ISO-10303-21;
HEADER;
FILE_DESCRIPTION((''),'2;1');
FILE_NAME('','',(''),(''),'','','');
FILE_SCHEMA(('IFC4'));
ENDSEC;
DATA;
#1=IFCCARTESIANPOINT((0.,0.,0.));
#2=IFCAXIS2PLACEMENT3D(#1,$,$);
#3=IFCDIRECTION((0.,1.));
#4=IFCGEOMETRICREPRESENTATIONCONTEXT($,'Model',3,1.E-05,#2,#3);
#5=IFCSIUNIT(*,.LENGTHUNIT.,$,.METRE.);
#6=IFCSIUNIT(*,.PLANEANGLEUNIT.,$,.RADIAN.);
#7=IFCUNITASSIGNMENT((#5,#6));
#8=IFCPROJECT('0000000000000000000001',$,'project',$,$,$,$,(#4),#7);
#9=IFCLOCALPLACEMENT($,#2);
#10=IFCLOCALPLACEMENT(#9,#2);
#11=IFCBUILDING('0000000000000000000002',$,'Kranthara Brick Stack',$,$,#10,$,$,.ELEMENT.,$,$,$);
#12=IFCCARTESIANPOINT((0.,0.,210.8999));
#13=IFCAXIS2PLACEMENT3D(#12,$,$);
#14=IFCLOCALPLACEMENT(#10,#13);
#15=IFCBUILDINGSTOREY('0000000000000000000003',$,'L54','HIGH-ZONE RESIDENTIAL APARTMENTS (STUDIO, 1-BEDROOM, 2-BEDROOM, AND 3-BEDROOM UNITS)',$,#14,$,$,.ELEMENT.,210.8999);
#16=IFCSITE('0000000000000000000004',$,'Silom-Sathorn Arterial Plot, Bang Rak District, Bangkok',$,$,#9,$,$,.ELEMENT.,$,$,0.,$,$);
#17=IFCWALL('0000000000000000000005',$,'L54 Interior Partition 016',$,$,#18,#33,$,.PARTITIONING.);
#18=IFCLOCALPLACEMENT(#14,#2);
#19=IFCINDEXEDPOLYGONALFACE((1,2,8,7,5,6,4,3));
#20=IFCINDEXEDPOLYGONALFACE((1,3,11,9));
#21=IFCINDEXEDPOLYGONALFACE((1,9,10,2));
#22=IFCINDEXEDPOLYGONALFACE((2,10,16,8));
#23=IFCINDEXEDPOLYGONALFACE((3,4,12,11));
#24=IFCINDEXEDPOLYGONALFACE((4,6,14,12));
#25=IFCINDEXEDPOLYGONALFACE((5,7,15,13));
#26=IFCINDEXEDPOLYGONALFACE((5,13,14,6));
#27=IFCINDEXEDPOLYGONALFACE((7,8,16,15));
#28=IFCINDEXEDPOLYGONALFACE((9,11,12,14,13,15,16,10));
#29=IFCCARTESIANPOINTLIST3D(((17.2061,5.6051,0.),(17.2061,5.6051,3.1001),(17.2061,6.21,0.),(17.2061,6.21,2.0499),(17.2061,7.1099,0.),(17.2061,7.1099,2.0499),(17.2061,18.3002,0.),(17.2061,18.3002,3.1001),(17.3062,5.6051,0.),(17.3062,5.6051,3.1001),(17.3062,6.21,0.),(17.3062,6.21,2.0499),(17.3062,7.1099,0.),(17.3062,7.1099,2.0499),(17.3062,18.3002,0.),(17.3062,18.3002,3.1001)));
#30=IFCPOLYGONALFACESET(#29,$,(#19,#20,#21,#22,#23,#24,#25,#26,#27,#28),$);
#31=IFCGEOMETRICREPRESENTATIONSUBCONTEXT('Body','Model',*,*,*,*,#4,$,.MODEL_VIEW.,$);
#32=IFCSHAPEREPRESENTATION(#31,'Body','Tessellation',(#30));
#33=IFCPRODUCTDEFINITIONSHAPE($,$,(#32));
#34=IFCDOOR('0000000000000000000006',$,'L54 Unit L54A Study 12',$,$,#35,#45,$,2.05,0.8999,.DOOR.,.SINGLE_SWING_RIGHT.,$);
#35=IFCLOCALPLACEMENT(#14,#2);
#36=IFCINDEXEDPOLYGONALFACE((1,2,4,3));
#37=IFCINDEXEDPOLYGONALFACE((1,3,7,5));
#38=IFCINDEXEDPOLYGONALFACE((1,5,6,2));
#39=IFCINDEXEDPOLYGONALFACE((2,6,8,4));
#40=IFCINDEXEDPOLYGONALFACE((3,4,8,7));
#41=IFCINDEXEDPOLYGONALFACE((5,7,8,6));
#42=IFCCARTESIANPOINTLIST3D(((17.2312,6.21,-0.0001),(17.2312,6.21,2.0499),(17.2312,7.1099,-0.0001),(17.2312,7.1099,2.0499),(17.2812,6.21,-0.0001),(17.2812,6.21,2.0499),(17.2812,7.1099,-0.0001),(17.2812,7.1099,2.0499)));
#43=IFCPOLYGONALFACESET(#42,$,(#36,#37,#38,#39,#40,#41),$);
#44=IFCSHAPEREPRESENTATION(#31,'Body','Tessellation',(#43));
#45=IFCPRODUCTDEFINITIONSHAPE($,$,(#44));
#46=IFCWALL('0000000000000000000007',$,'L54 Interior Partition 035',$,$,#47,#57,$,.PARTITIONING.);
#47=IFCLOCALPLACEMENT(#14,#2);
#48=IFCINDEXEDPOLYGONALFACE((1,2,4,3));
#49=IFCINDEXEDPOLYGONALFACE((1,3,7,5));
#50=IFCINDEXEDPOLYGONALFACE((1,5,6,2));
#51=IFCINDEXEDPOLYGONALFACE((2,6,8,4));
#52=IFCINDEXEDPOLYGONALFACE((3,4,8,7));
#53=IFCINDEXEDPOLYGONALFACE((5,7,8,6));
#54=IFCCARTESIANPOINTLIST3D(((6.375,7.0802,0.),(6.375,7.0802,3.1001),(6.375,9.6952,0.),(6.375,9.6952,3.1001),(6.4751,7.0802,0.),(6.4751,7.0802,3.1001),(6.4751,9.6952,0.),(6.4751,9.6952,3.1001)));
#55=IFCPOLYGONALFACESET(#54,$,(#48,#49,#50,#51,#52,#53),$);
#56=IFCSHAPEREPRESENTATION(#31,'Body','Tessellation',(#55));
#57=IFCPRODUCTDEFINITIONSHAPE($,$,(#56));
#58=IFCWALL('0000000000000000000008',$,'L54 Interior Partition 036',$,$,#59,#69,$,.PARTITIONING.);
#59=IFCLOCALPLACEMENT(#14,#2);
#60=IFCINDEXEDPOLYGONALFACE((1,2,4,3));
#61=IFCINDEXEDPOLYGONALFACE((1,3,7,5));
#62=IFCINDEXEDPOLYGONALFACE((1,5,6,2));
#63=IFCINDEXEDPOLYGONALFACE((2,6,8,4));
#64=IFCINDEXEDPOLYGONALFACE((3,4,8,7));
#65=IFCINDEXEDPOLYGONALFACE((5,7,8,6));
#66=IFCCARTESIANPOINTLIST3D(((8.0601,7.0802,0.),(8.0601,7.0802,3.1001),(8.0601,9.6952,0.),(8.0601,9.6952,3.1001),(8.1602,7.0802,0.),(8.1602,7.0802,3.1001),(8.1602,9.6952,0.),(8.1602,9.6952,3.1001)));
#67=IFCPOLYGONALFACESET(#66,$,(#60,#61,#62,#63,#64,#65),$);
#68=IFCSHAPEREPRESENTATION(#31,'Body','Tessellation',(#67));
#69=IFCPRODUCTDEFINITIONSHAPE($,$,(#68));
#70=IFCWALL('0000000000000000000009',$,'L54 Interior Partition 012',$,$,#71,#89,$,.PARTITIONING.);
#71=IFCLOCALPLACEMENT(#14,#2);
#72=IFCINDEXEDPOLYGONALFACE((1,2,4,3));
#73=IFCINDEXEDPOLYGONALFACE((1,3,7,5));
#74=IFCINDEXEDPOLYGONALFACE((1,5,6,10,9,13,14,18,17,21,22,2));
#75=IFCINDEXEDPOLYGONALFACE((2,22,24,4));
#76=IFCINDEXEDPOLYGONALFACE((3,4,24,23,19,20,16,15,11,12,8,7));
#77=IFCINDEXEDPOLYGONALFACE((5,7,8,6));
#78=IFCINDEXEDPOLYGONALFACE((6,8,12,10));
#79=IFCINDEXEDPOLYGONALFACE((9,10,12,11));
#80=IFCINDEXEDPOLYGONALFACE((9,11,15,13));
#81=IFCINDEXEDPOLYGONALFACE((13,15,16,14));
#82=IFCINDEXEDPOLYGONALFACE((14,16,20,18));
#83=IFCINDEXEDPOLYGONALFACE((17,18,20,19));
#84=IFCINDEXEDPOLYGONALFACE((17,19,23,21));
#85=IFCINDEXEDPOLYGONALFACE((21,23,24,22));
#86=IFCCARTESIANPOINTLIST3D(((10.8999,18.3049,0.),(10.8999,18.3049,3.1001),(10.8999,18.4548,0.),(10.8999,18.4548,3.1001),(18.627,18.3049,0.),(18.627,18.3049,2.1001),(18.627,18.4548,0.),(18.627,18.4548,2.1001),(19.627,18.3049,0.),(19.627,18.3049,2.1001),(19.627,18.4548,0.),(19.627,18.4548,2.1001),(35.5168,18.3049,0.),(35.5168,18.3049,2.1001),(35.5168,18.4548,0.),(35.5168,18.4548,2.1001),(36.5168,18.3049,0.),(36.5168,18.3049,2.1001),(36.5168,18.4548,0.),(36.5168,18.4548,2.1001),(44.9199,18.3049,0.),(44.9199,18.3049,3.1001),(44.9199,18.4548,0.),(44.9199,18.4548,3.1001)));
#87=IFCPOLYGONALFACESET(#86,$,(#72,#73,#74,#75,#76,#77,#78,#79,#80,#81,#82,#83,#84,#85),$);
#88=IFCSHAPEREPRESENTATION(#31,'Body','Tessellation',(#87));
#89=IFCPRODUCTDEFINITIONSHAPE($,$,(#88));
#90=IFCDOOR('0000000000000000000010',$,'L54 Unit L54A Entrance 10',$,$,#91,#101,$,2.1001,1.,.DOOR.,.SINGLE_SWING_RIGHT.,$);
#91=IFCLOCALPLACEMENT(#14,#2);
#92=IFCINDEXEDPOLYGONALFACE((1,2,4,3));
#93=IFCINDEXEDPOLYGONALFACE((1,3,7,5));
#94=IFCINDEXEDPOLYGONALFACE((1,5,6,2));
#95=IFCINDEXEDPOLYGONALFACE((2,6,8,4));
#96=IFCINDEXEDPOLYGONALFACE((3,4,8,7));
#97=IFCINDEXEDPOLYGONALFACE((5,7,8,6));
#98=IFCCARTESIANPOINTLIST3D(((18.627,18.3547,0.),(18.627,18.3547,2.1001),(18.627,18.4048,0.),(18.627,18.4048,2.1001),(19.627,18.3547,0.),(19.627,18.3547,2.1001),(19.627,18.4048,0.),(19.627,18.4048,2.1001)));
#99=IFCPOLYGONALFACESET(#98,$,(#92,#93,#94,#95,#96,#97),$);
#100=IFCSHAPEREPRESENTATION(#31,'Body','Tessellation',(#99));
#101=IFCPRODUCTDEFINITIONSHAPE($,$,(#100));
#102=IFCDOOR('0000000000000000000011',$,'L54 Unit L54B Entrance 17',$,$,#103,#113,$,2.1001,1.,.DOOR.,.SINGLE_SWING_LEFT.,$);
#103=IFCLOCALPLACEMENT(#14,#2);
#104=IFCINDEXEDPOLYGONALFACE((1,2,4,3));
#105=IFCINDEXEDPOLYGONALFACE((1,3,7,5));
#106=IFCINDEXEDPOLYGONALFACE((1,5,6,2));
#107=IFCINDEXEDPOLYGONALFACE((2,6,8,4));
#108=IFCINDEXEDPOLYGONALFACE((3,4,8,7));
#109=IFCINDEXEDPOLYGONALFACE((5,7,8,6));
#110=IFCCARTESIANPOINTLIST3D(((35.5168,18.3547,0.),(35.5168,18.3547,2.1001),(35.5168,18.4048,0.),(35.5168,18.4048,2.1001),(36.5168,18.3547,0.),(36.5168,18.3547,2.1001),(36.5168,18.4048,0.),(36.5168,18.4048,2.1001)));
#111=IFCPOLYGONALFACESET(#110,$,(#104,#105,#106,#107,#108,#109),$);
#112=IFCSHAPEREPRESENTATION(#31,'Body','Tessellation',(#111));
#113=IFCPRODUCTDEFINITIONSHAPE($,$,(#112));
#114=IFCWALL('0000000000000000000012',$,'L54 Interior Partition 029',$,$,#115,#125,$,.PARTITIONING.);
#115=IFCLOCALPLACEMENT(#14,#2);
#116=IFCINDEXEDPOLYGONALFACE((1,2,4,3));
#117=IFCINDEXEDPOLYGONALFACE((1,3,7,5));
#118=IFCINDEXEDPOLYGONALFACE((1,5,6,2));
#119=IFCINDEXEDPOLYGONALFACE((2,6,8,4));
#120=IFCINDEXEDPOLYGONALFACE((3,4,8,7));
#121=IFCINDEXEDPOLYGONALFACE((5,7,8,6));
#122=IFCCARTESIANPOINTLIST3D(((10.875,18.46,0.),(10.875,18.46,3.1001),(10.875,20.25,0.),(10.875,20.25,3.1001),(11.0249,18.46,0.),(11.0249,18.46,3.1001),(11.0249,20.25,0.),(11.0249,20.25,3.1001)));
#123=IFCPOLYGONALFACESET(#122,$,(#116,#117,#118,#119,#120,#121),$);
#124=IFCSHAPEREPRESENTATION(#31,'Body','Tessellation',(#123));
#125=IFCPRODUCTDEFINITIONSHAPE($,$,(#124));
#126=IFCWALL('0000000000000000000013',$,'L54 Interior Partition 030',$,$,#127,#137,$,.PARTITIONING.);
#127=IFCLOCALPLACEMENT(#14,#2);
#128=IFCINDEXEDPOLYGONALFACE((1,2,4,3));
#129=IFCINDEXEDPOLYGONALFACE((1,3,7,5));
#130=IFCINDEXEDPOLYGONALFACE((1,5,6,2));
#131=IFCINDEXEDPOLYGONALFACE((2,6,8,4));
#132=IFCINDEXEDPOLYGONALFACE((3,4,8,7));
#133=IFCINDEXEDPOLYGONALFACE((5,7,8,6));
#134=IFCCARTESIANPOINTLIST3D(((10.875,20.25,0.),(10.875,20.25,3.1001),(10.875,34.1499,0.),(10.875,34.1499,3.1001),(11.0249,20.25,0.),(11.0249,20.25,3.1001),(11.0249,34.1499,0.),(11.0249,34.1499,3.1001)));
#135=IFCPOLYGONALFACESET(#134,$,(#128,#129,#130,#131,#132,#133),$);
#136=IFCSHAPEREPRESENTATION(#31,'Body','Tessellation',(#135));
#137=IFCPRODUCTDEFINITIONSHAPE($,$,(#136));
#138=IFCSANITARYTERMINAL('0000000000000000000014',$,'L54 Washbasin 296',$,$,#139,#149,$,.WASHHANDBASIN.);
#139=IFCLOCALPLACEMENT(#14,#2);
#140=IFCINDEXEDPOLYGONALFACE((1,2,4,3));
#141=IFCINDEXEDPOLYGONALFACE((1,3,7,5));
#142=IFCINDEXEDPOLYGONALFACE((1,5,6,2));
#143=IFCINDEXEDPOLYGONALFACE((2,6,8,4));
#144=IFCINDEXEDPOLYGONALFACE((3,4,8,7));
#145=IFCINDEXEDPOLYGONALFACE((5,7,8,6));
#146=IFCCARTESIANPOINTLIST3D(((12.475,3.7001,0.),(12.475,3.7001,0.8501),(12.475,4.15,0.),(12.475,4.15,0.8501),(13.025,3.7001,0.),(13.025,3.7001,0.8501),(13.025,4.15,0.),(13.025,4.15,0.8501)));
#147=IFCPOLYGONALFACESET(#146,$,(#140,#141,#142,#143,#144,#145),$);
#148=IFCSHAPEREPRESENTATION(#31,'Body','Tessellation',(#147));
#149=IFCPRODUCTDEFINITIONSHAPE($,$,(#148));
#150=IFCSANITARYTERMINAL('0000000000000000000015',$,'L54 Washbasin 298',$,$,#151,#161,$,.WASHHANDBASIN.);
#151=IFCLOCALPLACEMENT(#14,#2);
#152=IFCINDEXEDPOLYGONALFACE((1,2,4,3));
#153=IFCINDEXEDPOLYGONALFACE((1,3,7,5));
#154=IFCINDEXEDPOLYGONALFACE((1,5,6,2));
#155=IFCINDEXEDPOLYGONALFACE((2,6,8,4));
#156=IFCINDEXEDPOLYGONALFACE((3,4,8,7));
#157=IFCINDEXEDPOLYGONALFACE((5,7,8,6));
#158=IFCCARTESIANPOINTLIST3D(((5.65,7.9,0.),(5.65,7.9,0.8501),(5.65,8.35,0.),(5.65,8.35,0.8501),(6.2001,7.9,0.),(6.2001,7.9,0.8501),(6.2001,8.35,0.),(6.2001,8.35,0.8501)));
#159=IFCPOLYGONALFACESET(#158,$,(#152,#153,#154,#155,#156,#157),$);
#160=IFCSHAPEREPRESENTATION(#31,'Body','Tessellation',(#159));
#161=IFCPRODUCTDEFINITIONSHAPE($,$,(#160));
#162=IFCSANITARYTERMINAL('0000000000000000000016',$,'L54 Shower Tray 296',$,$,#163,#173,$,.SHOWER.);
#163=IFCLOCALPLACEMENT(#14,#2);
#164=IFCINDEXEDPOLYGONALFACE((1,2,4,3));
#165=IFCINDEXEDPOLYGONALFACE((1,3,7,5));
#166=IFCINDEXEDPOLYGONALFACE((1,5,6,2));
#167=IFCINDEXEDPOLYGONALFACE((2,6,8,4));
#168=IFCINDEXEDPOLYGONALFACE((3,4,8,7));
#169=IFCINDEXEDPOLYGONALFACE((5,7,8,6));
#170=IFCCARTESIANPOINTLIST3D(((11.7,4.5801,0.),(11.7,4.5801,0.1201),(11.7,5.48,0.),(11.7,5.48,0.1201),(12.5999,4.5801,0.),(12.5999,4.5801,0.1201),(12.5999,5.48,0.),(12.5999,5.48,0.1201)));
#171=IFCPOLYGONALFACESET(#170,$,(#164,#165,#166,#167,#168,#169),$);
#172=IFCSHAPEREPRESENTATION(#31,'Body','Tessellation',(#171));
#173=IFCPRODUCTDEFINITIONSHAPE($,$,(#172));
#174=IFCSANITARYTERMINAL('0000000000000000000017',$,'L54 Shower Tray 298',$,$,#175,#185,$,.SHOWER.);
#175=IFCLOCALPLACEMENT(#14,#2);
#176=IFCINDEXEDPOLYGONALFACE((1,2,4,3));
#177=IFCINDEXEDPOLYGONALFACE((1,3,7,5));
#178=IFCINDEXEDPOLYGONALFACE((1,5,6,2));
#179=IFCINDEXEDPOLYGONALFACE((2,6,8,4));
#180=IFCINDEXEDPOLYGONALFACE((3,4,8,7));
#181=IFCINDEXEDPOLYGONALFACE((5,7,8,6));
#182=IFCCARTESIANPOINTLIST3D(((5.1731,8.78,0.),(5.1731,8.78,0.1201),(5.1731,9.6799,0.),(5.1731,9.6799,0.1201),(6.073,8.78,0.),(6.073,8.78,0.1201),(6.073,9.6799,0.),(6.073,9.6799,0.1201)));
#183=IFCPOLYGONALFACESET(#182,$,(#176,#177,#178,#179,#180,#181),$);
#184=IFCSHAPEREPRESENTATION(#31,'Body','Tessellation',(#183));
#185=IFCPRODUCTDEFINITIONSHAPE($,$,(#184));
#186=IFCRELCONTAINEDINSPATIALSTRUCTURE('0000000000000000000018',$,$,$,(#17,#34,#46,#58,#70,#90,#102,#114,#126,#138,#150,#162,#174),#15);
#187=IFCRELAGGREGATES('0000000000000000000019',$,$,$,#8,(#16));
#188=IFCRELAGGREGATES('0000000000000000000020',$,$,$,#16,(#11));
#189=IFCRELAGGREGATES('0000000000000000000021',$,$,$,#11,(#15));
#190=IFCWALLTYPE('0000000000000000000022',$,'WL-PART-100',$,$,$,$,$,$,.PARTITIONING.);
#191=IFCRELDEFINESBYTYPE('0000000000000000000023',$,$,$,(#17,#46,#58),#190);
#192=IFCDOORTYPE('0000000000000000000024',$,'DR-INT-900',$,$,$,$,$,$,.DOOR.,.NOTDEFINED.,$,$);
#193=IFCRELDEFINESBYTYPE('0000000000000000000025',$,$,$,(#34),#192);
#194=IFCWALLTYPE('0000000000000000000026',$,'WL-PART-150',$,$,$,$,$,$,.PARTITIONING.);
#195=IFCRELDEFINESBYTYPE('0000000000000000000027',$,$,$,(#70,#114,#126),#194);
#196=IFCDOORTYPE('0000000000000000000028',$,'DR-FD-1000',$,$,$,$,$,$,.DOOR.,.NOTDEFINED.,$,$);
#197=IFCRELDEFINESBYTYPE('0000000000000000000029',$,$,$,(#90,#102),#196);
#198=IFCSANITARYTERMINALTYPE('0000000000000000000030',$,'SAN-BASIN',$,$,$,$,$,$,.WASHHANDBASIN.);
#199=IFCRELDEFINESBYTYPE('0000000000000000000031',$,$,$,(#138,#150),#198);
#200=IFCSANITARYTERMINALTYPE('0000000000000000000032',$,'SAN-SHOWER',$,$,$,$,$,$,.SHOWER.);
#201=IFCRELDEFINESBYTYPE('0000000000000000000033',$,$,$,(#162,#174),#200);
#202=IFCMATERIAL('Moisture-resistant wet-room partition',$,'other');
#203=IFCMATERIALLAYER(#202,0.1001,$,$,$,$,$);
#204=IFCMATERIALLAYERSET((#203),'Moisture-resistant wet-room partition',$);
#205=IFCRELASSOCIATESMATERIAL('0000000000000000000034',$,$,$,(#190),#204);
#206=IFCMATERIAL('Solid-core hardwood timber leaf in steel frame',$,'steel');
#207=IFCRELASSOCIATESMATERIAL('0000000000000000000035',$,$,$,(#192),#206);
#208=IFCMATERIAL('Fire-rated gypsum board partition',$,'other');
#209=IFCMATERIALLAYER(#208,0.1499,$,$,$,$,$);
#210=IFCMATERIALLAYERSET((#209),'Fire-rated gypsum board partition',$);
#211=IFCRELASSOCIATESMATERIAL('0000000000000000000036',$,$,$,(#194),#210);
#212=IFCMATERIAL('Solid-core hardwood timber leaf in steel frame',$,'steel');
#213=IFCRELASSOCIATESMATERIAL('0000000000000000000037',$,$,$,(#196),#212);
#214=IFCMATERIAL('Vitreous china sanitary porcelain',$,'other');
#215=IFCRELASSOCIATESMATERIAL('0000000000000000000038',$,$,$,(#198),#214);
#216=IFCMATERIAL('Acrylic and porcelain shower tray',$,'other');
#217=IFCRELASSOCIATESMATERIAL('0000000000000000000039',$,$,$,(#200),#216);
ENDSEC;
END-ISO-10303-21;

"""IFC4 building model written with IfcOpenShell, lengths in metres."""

from ifc_helpers import new_model, si_unit, direction, frame, frame_2d, origin, origin_2d, place, context, subcontext, project, spatial, rectangle, extrude, material, layer, layer_set, type_object, element, fill, save


model = new_model("IFC4")

# Units and contexts
model_context = context("Model", 3, precision=1e-05, world=origin(), true_north=direction((0.0, 1.0)))
body_context = subcontext(model_context, "Body", "Model", "MODEL_VIEW")
ifc_project = project(units=[si_unit("LENGTHUNIT", "METRE"), si_unit("PLANEANGLEUNIT", "RADIAN")], contexts=[model_context])

# Site, building, storey
site_placement = place(None, origin())
site = spatial("IfcSite", under=ifc_project, at=site_placement, Name="Silom-Sathorn Arterial Plot, Bang Rak District, Bangkok", CompositionType="ELEMENT", RefElevation=0.0)
building_placement = place(site_placement, origin())
building = spatial("IfcBuilding", under=site, at=building_placement, Name="Kranthara Brick Stack", CompositionType="ELEMENT")
storey_placement = place(building_placement, frame((0.0, 0.0, 210.8999)))
storey = spatial("IfcBuildingStorey", under=building, at=storey_placement, Name="L54", Description="HIGH-ZONE RESIDENTIAL APARTMENTS (STUDIO, 1-BEDROOM, 2-BEDROOM, AND 3-BEDROOM UNITS)", CompositionType="ELEMENT", Elevation=210.8999)

# Shared definitions
ifc_material_1 = material(Name="Moisture-resistant wet-room partition", Category="other")
ifc_layer_1 = layer(ifc_material_1, 0.1001)
ifc_layer_set_1 = layer_set([ifc_layer_1], Name="Moisture-resistant wet-room partition")
wall_type_1 = type_object("IfcWallType", Name="WL-PART-100", PredefinedType="PARTITIONING", material=ifc_layer_set_1)
ifc_material_2 = material(Name="Solid-core hardwood timber leaf in steel frame", Category="steel")
door_type_1 = type_object("IfcDoorType", Name="DR-INT-900", OperationType="NOTDEFINED", PredefinedType="DOOR", material=ifc_material_2)

# Wall, opening, door
wall_1_placement = place(storey_placement, frame((17.2561, 5.605, 0.0), z_axis=(0.0, 0.0, 1.0), x_axis=(0.0, 1.0, 0.0)))
wall_1 = element("IfcWall", 1, at=wall_1_placement, inside=storey, type_object=wall_type_1, Name="L54 Interior Partition 016", PredefinedType="PARTITIONING", context=body_context, shape_type="SweptSolid", body=[
    extrude(rectangle(XDim=12.6951, YDim=0.1001, at=frame_2d((6.3477, 0.0))), origin(), (0.0, 0.0, 1.0), 3.1001),
])
opening_1_placement = place(wall_1_placement, frame((0.605, 0.0, 0.0)))
opening_1 = element("IfcOpeningElement", 2, at=opening_1_placement, cuts=wall_1, PredefinedType="OPENING", context=body_context, shape_type="SweptSolid", body=[
    extrude(rectangle(XDim=0.8999, YDim=2.05, at=frame_2d((0.45, 1.0249))), frame((0.0, 0.0601, 0.0), z_axis=(0.0, -1.0, 0.0), x_axis=(1.0, 0.0, 0.0)), (0.0, 0.0, 1.0), 0.1201),
])
door_1_placement = place(opening_1_placement, origin())
door_1 = element("IfcDoor", 3, at=door_1_placement, inside=storey, type_object=door_type_1, Name="L54 Unit L54A Study 12", OperationType="SINGLE_SWING_RIGHT", OverallHeight=2.05, OverallWidth=0.8999, PredefinedType="DOOR", context=body_context, shape_type="SweptSolid", body=[
    extrude(rectangle(XDim=0.8999, YDim=2.05, at=frame_2d((0.45, 1.0249))), frame((0.0, 0.0249, 0.0), z_axis=(0.0, -1.0, 0.0), x_axis=(1.0, 0.0, 0.0)), (0.0, 0.0, 1.0), 0.05),
])
fill(opening_1, door_1)

# Walls
for number, where, z_axis, x_axis, name in (
    (4, (6.425, 7.0801, 0.0), (0.0, 0.0, 1.0), (0.0, 1.0, 0.0), "L54 Interior Partition 035"),
    (5, (8.1101, 7.0801, 0.0), (0.0, 0.0, 1.0), (0.0, 1.0, 0.0), "L54 Interior Partition 036"),
):
    element("IfcWall", number, at=place(storey_placement, frame(where, z_axis=z_axis, x_axis=x_axis)), inside=storey, type_object=wall_type_1, Name=name, PredefinedType="PARTITIONING", context=body_context, shape_type="SweptSolid", body=[
        extrude(rectangle(XDim=2.615, YDim=0.1001, at=frame_2d((1.3076, 0.0))), origin(), (0.0, 0.0, 1.0), 3.1001),
    ])

# Wall, openings, doors
ifc_material_3 = material(Name="Fire-rated gypsum board partition", Category="other")
ifc_layer_2 = layer(ifc_material_3, 0.1499)
ifc_layer_set_2 = layer_set([ifc_layer_2], Name="Fire-rated gypsum board partition")
wall_type_2 = type_object("IfcWallType", Name="WL-PART-150", PredefinedType="PARTITIONING", material=ifc_layer_set_2)
wall_2_placement = place(storey_placement, frame((10.8999, 18.3799, 0.0), z_axis=(0.0, 0.0, 1.0), x_axis=(1.0, 0.0, 0.0)))
wall_2 = element("IfcWall", 6, at=wall_2_placement, inside=storey, type_object=wall_type_2, Name="L54 Interior Partition 012", PredefinedType="PARTITIONING", context=body_context, shape_type="SweptSolid", body=[
    extrude(rectangle(XDim=34.02, YDim=0.1499, at=frame_2d((17.01, 0.0))), origin(), (0.0, 0.0, 1.0), 3.1001),
])
opening_2_placement = place(wall_2_placement, frame((7.7271, 0.0, 0.0)))
opening_2 = element("IfcOpeningElement", 7, at=opening_2_placement, cuts=wall_2, PredefinedType="OPENING", context=body_context, shape_type="SweptSolid", body=[
    extrude(rectangle(XDim=1.0, YDim=2.1001, at=frame_2d((0.5, 1.05))), frame((0.0, 0.085, 0.0), z_axis=(0.0, -1.0, 0.0), x_axis=(1.0, 0.0, 0.0)), (0.0, 0.0, 1.0), 0.1699),
])
opening_3_placement = place(wall_2_placement, frame((24.6169, 0.0, 0.0)))
opening_3 = element("IfcOpeningElement", 8, at=opening_3_placement, cuts=wall_2, PredefinedType="OPENING", context=body_context, shape_type="SweptSolid", body=[
    extrude(rectangle(XDim=1.0, YDim=2.1001, at=frame_2d((0.5, 1.05))), frame((0.0, 0.085, 0.0), z_axis=(0.0, -1.0, 0.0), x_axis=(1.0, 0.0, 0.0)), (0.0, 0.0, 1.0), 0.1699),
])
ifc_material_4 = material(Name="Solid-core hardwood timber leaf in steel frame", Category="steel")
door_type_2 = type_object("IfcDoorType", Name="DR-FD-1000", OperationType="NOTDEFINED", PredefinedType="DOOR", material=ifc_material_4)
door_2_placement = place(opening_2_placement, origin())
door_2 = element("IfcDoor", 9, at=door_2_placement, inside=storey, type_object=door_type_2, Name="L54 Unit L54A Entrance 10", OperationType="SINGLE_SWING_RIGHT", OverallHeight=2.1001, OverallWidth=1.0, PredefinedType="DOOR", context=body_context, shape_type="SweptSolid", body=[
    extrude(rectangle(XDim=1.0, YDim=2.1001, at=frame_2d((0.5, 1.05))), frame((0.0, 0.0249, 0.0), z_axis=(0.0, -1.0, 0.0), x_axis=(1.0, 0.0, 0.0)), (0.0, 0.0, 1.0), 0.05),
])
fill(opening_2, door_2)
door_3_placement = place(opening_3_placement, origin())
door_3 = element("IfcDoor", 10, at=door_3_placement, inside=storey, type_object=door_type_2, Name="L54 Unit L54B Entrance 17", OperationType="SINGLE_SWING_LEFT", OverallHeight=2.1001, OverallWidth=1.0, PredefinedType="DOOR", context=body_context, shape_type="SweptSolid", body=[
    extrude(rectangle(XDim=1.0, YDim=2.1001, at=frame_2d((0.5, 1.05))), frame((0.0, 0.0249, 0.0), z_axis=(0.0, -1.0, 0.0), x_axis=(1.0, 0.0, 0.0)), (0.0, 0.0, 1.0), 0.05),
])
fill(opening_3, door_3)

# Walls
wall_3_placement = place(storey_placement, frame((10.95, 18.46, 0.0), z_axis=(0.0, 0.0, 1.0), x_axis=(0.0, 1.0, 0.0)))
element("IfcWall", 11, at=wall_3_placement, inside=storey, type_object=wall_type_2, Name="L54 Interior Partition 029", PredefinedType="PARTITIONING", context=body_context, shape_type="SweptSolid", body=[
    extrude(rectangle(XDim=1.79, YDim=0.1499, at=frame_2d((0.895, 0.0))), origin(), (0.0, 0.0, 1.0), 3.1001),
])
wall_4_placement = place(storey_placement, frame((10.95, 20.25, 0.0), z_axis=(0.0, 0.0, 1.0), x_axis=(0.0, 1.0, 0.0)))
element("IfcWall", 12, at=wall_4_placement, inside=storey, type_object=wall_type_2, Name="L54 Interior Partition 030", PredefinedType="PARTITIONING", context=body_context, shape_type="SweptSolid", body=[
    extrude(rectangle(XDim=13.8999, YDim=0.1499, at=frame_2d((6.95, 0.0))), origin(), (0.0, 0.0, 1.0), 3.1001),
])

# Sanitary terminals
ifc_material_5 = material(Name="Vitreous china sanitary porcelain", Category="other")
sanitary_terminal_type_1 = type_object("IfcSanitaryTerminalType", Name="SAN-BASIN", PredefinedType="WASHHANDBASIN", material=ifc_material_5)
for number, where, z_axis, x_axis, name in (
    (13, (12.75, 3.925, 0.0), (0.0, 0.0, 1.0), (1.0, 0.0, 0.0), "L54 Washbasin 296"),
    (14, (5.925, 8.125, 0.0), (0.0, 0.0, 1.0), (1.0, 0.0, 0.0), "L54 Washbasin 298"),
):
    element("IfcSanitaryTerminal", number, at=place(storey_placement, frame(where, z_axis=z_axis, x_axis=x_axis)), inside=storey, type_object=sanitary_terminal_type_1, Name=name, PredefinedType="WASHHANDBASIN", context=body_context, shape_type="SweptSolid", body=[
        extrude(rectangle(XDim=0.55, YDim=0.45, at=origin_2d()), origin(), (0.0, 0.0, 1.0), 0.8501),
    ])
ifc_material_6 = material(Name="Acrylic and porcelain shower tray", Category="other")
sanitary_terminal_type_2 = type_object("IfcSanitaryTerminalType", Name="SAN-SHOWER", PredefinedType="SHOWER", material=ifc_material_6)
for number, where, z_axis, x_axis, name in (
    (15, (12.1499, 5.03, 0.0), (0.0, 0.0, 1.0), (1.0, 0.0, 0.0), "L54 Shower Tray 296"),
    (16, (5.623, 9.23, 0.0), (0.0, 0.0, 1.0), (1.0, 0.0, 0.0), "L54 Shower Tray 298"),
):
    element("IfcSanitaryTerminal", number, at=place(storey_placement, frame(where, z_axis=z_axis, x_axis=x_axis)), inside=storey, type_object=sanitary_terminal_type_2, Name=name, PredefinedType="SHOWER", context=body_context, shape_type="SweptSolid", body=[
        extrude(rectangle(XDim=0.8999, YDim=0.8999, at=origin_2d()), origin(), (0.0, 0.0, 1.0), 0.1201),
    ])

save(model, "model.ifc")
